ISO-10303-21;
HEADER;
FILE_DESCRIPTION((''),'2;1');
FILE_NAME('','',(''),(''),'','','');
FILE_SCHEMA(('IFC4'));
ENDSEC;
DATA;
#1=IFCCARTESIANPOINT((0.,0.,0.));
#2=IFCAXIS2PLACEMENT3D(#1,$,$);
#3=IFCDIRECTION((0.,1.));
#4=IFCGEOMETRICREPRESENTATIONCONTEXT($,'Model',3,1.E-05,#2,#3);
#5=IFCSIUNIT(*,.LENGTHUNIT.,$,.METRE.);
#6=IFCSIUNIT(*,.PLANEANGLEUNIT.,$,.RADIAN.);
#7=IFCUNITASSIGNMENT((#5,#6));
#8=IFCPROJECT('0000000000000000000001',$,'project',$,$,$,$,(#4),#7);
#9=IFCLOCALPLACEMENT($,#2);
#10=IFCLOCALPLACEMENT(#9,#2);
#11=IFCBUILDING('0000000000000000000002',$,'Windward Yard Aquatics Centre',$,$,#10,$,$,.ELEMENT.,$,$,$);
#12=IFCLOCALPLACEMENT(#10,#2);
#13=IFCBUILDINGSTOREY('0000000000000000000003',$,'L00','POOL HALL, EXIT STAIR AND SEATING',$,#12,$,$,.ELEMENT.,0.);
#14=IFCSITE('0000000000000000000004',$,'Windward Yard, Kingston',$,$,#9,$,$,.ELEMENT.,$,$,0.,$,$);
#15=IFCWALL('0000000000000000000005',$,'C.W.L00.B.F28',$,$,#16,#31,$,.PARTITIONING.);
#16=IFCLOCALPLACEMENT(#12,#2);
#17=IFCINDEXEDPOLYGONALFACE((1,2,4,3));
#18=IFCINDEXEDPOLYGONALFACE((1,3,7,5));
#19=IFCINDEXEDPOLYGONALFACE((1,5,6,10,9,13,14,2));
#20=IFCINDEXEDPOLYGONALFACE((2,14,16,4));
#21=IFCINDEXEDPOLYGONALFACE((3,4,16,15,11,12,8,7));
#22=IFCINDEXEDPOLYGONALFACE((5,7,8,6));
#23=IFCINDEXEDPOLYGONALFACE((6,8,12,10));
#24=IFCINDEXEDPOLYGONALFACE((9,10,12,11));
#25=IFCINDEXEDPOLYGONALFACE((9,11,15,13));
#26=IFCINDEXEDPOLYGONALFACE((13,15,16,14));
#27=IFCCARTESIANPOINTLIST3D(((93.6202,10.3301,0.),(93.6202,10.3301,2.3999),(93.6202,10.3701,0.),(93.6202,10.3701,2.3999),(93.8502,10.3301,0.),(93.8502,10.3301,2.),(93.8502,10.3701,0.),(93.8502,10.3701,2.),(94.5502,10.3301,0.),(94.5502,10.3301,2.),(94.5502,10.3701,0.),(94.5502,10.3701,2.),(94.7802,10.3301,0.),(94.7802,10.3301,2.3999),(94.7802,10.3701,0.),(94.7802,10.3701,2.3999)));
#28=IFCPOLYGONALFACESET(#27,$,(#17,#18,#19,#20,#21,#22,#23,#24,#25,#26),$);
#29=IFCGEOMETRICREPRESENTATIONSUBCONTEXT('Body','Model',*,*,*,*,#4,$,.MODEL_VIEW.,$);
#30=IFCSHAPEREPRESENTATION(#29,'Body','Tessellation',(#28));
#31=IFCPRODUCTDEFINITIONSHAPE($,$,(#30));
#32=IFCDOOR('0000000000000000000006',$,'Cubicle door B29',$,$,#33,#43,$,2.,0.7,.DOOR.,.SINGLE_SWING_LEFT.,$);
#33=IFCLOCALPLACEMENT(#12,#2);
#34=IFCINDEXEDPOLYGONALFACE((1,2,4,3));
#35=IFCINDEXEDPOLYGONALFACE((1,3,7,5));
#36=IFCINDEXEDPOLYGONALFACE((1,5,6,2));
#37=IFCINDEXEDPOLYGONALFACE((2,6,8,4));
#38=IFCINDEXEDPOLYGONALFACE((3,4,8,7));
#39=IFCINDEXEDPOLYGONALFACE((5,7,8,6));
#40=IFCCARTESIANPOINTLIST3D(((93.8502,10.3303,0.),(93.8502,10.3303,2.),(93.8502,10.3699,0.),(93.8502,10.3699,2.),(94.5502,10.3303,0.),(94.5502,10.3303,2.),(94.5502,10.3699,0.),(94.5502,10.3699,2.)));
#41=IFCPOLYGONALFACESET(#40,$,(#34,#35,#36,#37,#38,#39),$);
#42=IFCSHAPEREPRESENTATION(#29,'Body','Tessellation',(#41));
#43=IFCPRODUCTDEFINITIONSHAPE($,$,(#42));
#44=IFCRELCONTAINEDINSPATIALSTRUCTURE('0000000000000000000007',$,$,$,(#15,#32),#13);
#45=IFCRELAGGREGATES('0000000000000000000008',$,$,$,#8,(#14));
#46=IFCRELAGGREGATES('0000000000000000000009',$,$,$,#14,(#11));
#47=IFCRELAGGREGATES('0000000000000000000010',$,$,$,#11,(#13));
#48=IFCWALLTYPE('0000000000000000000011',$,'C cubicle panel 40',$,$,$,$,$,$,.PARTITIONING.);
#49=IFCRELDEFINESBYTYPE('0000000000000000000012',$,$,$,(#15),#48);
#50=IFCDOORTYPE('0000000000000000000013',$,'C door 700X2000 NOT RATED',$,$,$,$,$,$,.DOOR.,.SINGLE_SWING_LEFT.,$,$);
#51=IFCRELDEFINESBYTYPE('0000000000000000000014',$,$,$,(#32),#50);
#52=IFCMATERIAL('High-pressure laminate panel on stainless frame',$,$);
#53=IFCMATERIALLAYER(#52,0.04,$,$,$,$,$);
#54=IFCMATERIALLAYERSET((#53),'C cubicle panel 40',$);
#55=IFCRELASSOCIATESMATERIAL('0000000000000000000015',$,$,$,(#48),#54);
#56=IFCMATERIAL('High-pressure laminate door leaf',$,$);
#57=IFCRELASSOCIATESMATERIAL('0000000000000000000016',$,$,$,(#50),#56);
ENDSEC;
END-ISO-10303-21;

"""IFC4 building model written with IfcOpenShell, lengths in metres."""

from ifc_helpers import new_model, si_unit, direction, frame, frame_2d, origin, place, context, subcontext, project, spatial, rectangle, extrude, material, layer, layer_set, type_object, element, fill, save


model = new_model("IFC4")

# Units and contexts
model_context = context("Model", 3, precision=1e-05, world=origin(), true_north=direction((0.0, 1.0)))
body_context = subcontext(model_context, "Body", "Model", "MODEL_VIEW")
ifc_project = project(units=[si_unit("LENGTHUNIT", "METRE"), si_unit("PLANEANGLEUNIT", "RADIAN")], contexts=[model_context])

# Site, building, storey
site_placement = place(None, origin())
site = spatial("IfcSite", under=ifc_project, at=site_placement, Name="Windward Yard, Kingston", CompositionType="ELEMENT", RefElevation=0.0)
building_placement = place(site_placement, origin())
building = spatial("IfcBuilding", under=site, at=building_placement, Name="Windward Yard Aquatics Centre", CompositionType="ELEMENT")
storey_placement = place(building_placement, origin())
storey = spatial("IfcBuildingStorey", under=building, at=storey_placement, Name="L00", Description="POOL HALL, EXIT STAIR AND SEATING", CompositionType="ELEMENT", Elevation=0.0)

# Shared definitions
ifc_material_1 = material(Name="High-pressure laminate panel on stainless frame")
ifc_layer = layer(ifc_material_1, 0.04)
ifc_layer_set = layer_set([ifc_layer], Name="C cubicle panel 40")
wall_type = type_object("IfcWallType", Name="C cubicle panel 40", PredefinedType="PARTITIONING", material=ifc_layer_set)

# Wall, opening, door
ifc_material_2 = material(Name="High-pressure laminate door leaf")
door_type = type_object("IfcDoorType", Name="C door 700X2000 NOT RATED", OperationType="SINGLE_SWING_LEFT", PredefinedType="DOOR", material=ifc_material_2)
wall_1_placement = place(storey_placement, frame((93.6201, 10.3501, 0.0), z_axis=(0.0, 0.0, 1.0), x_axis=(1.0, 0.0, 0.0)))
wall_1 = element("IfcWall", 1, at=wall_1_placement, inside=storey, type_object=wall_type, Name="C.W.L00.B.F28", PredefinedType="PARTITIONING", context=body_context, shape_type="SweptSolid", body=[
    extrude(rectangle(XDim=1.1599, YDim=0.04, at=frame_2d((0.5801, 0.0))), origin(), (0.0, 0.0, 1.0), 2.3999),
])
opening_1_placement = place(wall_1_placement, frame((0.23, 0.0, 0.0)))
opening_1 = element("IfcOpeningElement", 2, at=opening_1_placement, cuts=wall_1, PredefinedType="OPENING", context=body_context, shape_type="SweptSolid", body=[
    extrude(rectangle(XDim=0.7, YDim=2.0, at=frame_2d((0.3501, 1.0))), frame((0.0, 0.03, 0.0), z_axis=(0.0, -1.0, 0.0), x_axis=(1.0, 0.0, 0.0)), (0.0, 0.0, 1.0), 0.0601),
])
door_1_placement = place(opening_1_placement, origin())
door_1 = element("IfcDoor", 3, at=door_1_placement, inside=storey, type_object=door_type, Name="Cubicle door B29", OperationType="SINGLE_SWING_LEFT", OverallHeight=2.0, OverallWidth=0.7, PredefinedType="DOOR", context=body_context, shape_type="SweptSolid", body=[
    extrude(rectangle(XDim=0.7, YDim=2.0, at=frame_2d((0.3501, 1.0))), frame((0.0, 0.0198, 0.0), z_axis=(0.0, -1.0, 0.0), x_axis=(1.0, 0.0, 0.0)), (0.0, 0.0, 1.0), 0.0396),
])
fill(opening_1, door_1)

save(model, "model.ifc")
